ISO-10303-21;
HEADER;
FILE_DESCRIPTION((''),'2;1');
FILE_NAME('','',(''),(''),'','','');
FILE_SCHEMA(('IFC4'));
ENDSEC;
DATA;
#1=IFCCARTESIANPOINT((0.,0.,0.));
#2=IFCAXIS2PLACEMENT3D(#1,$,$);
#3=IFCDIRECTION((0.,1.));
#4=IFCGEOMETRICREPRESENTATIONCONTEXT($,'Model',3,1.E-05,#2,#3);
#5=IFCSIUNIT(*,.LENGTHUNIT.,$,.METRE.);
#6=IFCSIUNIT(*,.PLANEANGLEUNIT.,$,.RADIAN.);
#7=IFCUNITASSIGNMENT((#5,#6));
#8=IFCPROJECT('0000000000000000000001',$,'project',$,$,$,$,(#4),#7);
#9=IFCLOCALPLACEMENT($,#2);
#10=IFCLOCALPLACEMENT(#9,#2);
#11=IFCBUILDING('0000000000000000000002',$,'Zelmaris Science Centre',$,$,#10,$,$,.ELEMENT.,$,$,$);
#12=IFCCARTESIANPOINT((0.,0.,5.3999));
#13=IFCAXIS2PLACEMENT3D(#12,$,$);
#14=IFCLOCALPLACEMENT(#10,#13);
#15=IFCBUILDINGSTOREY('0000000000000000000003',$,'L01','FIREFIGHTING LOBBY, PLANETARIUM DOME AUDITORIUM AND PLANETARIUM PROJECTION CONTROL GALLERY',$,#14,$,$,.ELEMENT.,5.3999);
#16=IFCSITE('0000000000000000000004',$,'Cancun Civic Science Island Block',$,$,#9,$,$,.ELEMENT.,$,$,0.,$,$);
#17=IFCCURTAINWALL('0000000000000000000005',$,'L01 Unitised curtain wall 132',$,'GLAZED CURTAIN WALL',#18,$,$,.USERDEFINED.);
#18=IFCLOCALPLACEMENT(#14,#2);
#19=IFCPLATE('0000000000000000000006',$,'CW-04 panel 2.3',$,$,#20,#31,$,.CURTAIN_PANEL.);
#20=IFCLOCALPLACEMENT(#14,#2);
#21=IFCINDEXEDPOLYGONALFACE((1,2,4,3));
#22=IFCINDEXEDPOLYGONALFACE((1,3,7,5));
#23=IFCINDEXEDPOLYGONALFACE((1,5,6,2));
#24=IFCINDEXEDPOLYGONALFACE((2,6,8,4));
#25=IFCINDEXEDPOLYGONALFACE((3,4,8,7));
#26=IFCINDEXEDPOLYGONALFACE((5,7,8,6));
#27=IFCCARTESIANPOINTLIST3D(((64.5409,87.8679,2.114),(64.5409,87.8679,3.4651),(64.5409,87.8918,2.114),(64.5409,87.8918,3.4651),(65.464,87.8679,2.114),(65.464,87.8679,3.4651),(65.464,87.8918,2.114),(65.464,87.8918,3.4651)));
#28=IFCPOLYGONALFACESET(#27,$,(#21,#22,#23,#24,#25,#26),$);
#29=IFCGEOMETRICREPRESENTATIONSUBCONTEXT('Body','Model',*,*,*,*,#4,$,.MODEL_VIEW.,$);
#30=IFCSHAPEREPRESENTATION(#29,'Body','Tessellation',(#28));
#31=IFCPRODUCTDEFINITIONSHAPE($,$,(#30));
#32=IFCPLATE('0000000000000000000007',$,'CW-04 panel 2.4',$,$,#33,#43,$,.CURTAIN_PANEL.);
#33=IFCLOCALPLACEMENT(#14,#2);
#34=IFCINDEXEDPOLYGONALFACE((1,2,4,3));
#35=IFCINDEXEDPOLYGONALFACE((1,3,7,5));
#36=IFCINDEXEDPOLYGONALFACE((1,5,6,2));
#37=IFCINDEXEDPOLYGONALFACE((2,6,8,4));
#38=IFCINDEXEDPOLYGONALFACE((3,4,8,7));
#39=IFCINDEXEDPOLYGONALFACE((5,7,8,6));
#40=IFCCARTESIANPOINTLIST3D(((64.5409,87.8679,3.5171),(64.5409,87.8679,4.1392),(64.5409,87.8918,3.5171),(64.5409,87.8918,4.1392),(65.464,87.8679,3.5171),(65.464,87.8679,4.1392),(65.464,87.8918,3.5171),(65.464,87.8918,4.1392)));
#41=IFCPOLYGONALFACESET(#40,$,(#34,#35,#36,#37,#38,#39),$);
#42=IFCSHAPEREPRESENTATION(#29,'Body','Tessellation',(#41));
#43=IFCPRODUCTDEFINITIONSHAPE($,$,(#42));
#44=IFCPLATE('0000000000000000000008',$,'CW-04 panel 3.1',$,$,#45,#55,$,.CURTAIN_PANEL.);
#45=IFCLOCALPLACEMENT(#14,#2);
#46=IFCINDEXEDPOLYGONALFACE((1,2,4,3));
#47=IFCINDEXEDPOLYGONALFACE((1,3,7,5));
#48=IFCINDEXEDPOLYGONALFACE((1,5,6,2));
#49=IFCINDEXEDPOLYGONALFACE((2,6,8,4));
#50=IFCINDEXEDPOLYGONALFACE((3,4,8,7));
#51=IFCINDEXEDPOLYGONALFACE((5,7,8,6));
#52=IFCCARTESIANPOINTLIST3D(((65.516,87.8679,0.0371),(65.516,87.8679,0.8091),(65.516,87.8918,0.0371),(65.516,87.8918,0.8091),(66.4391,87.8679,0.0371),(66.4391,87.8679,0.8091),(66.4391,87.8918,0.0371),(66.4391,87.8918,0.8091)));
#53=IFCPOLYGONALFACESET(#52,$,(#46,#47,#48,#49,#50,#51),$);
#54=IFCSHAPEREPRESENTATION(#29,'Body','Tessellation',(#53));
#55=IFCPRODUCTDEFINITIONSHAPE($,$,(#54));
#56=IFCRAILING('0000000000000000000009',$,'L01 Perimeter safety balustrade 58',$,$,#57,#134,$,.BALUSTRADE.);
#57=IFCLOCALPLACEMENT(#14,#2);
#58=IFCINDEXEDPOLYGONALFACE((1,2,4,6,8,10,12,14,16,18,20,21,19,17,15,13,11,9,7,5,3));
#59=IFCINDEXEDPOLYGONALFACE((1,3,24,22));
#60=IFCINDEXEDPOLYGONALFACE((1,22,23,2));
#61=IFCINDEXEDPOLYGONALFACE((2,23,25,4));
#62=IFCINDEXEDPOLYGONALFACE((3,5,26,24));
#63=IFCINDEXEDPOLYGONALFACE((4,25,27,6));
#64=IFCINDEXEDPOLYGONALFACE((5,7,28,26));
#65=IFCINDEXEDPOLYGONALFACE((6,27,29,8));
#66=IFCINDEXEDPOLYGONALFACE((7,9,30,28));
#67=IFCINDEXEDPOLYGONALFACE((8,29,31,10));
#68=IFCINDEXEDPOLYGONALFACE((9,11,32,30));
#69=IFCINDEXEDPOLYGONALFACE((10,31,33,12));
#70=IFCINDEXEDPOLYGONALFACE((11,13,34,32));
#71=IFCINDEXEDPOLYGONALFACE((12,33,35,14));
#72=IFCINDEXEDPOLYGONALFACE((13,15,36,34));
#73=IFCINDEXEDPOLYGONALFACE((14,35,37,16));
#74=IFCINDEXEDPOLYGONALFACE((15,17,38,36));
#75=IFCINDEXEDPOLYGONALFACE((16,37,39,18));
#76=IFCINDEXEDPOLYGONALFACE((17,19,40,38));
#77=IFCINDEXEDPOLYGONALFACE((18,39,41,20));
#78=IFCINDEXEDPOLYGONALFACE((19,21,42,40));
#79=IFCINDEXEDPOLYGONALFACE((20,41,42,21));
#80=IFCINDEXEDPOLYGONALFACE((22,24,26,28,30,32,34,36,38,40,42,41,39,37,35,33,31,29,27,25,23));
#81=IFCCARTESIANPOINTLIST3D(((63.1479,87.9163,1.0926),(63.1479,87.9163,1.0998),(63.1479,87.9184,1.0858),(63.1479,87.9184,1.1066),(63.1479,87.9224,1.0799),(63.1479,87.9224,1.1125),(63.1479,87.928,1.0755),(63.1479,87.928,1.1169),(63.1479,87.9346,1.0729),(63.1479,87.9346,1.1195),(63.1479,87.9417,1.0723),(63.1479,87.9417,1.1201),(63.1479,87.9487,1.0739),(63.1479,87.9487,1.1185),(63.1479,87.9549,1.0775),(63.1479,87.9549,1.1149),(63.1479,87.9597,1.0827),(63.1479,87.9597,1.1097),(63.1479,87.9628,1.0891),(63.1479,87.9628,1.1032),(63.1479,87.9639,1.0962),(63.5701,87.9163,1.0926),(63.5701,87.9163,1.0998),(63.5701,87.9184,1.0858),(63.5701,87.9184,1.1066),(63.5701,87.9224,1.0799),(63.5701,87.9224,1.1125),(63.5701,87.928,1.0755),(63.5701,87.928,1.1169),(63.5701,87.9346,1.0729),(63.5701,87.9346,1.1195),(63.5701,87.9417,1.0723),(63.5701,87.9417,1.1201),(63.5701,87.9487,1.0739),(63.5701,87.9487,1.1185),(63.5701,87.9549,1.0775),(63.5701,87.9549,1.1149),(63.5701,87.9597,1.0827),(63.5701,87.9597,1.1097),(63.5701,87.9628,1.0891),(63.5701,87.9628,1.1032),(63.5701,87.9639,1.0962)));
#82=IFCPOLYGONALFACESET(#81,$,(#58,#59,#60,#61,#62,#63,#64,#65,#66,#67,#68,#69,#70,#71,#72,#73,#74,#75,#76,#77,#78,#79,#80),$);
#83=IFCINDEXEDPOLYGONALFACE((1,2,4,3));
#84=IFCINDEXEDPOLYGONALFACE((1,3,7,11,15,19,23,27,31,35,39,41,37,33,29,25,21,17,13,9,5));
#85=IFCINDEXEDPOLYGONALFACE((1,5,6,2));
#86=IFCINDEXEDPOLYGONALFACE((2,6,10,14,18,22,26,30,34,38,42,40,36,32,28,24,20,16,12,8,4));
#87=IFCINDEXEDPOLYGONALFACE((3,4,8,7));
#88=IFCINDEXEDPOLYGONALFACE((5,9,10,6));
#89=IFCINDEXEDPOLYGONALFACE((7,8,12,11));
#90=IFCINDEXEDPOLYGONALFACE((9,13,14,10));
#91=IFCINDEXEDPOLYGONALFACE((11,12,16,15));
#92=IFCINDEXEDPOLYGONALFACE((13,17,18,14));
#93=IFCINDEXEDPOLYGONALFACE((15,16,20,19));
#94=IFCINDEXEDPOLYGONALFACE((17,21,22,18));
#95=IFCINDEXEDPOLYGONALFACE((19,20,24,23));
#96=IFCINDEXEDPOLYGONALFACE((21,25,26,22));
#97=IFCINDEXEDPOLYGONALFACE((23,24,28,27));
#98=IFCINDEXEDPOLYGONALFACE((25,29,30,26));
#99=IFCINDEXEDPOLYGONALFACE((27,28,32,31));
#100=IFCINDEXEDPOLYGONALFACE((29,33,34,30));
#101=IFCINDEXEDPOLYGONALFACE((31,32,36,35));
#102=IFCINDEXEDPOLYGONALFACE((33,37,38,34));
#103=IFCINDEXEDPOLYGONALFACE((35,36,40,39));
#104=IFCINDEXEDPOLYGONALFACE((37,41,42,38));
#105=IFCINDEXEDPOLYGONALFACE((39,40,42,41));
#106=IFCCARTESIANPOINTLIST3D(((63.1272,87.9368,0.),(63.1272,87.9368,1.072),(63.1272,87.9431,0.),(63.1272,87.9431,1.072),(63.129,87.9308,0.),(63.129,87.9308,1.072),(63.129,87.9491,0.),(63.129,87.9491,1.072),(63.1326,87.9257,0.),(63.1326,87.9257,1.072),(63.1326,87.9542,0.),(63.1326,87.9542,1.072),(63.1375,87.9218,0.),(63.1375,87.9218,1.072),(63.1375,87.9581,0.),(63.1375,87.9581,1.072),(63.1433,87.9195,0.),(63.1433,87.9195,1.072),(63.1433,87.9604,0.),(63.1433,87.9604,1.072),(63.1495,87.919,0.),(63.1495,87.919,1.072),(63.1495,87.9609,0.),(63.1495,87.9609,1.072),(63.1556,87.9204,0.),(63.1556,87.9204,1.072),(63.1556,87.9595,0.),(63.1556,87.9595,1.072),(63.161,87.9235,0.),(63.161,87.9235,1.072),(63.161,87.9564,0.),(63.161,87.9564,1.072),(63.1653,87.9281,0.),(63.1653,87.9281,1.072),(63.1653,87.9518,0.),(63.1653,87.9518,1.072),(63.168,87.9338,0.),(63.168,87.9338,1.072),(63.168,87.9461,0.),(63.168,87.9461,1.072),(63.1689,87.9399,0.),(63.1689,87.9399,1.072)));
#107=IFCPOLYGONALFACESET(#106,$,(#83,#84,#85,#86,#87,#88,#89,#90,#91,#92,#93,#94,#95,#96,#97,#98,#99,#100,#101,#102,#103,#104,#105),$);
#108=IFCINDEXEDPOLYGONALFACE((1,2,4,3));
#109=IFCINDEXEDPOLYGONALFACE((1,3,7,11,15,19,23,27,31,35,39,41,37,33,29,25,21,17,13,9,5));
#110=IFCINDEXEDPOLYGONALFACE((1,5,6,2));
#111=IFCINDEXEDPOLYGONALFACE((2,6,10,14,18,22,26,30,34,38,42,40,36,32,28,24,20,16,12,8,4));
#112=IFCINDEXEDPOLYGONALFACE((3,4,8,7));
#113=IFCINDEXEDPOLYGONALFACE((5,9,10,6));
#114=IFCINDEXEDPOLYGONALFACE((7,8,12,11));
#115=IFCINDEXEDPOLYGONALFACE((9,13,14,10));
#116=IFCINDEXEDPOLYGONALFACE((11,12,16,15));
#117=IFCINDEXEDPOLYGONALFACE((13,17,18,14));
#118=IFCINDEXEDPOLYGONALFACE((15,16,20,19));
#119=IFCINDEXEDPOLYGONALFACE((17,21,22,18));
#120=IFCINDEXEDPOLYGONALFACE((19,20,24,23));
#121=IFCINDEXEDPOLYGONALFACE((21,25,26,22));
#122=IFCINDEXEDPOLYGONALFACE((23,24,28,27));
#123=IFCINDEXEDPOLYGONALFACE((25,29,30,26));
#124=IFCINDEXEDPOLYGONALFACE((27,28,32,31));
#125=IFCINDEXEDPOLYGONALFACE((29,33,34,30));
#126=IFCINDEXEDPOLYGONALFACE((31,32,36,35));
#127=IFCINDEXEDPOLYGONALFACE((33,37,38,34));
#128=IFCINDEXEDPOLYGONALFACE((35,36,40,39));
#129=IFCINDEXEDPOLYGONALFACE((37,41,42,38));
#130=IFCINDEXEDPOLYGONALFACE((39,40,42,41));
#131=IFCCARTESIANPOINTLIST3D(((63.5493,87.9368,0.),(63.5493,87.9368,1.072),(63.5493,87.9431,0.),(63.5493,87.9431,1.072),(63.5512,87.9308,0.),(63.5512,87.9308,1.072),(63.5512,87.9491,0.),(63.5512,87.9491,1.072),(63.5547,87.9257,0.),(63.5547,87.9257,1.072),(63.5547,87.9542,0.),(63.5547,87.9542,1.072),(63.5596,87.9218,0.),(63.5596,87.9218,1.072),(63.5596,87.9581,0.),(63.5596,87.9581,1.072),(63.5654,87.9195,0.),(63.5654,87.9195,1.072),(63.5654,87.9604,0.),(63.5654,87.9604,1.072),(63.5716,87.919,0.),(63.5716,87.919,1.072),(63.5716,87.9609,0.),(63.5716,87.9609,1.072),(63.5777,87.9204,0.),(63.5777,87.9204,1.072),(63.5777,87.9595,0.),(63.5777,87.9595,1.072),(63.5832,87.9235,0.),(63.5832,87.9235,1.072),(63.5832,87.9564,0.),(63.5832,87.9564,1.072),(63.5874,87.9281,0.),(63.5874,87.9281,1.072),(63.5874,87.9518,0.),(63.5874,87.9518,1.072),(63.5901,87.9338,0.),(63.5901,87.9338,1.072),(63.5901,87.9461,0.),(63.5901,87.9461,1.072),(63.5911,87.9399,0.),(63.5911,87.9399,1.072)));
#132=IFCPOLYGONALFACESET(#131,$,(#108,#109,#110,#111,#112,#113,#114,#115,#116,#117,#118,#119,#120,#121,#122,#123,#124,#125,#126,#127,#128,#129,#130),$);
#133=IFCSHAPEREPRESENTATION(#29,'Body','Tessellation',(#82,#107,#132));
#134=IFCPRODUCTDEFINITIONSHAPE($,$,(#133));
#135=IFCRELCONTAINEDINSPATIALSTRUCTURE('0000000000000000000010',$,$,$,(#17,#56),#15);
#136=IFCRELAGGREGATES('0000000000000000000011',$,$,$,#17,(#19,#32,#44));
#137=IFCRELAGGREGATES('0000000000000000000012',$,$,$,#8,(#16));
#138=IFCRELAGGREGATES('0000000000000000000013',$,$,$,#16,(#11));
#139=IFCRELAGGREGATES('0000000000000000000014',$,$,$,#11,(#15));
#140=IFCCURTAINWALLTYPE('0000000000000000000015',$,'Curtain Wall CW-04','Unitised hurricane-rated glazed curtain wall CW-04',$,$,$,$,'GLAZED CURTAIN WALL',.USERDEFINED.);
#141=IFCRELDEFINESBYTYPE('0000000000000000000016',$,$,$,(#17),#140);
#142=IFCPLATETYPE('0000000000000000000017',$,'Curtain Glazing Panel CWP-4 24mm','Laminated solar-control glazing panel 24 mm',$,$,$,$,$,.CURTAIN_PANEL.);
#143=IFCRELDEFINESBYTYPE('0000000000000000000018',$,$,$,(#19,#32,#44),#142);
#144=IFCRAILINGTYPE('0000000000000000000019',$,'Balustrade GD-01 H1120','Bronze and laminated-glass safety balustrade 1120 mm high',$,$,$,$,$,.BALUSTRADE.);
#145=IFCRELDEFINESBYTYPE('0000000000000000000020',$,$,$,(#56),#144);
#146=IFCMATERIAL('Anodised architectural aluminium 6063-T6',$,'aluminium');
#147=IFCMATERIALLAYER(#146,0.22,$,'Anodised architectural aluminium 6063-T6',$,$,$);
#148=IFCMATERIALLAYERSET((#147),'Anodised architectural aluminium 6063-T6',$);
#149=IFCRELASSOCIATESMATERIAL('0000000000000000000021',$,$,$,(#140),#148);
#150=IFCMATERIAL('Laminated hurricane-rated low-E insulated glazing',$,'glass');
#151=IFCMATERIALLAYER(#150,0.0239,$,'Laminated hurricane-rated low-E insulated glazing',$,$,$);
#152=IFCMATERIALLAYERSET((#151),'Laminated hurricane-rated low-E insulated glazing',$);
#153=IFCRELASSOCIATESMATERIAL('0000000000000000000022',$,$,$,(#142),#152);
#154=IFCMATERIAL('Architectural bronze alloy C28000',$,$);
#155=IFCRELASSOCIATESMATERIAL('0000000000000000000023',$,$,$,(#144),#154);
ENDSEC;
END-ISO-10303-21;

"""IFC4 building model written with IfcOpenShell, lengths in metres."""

from ifc_helpers import new_model, si_unit, direction, frame, origin, origin_2d, place, context, subcontext, project, spatial, rectangle, circle, extrude, material, layer, layer_set, type_object, element, aggregate, save


model = new_model("IFC4")

# Units and contexts
model_context = context("Model", 3, precision=1e-05, world=origin(), true_north=direction((0.0, 1.0)))
body_context = subcontext(model_context, "Body", "Model", "MODEL_VIEW")
ifc_project = project(units=[si_unit("LENGTHUNIT", "METRE"), si_unit("PLANEANGLEUNIT", "RADIAN")], contexts=[model_context])

# Site, building, storey
site_placement = place(None, origin())
site = spatial("IfcSite", under=ifc_project, at=site_placement, Name="Cancun Civic Science Island Block", CompositionType="ELEMENT", RefElevation=0.0)
building_placement = place(site_placement, origin())
building = spatial("IfcBuilding", under=site, at=building_placement, Name="Zelmaris Science Centre", CompositionType="ELEMENT")
storey_placement = place(building_placement, frame((0.0, 0.0, 5.3999)))
storey = spatial("IfcBuildingStorey", under=building, at=storey_placement, Name="L01", Description="FIREFIGHTING LOBBY, PLANETARIUM DOME AUDITORIUM AND PLANETARIUM PROJECTION CONTROL GALLERY", CompositionType="ELEMENT", Elevation=5.3999)

# Curtain wall
ifc_material_1 = material(Name="Anodised architectural aluminium 6063-T6", Category="aluminium")
ifc_layer_1 = layer(ifc_material_1, 0.22, Name="Anodised architectural aluminium 6063-T6")
ifc_layer_set_1 = layer_set([ifc_layer_1], Name="Anodised architectural aluminium 6063-T6")
curtain_wall_type = type_object("IfcCurtainWallType", Name="Curtain Wall CW-04", Description="Unitised hurricane-rated glazed curtain wall CW-04", ElementType="GLAZED CURTAIN WALL", PredefinedType="USERDEFINED", material=ifc_layer_set_1)
curtain_wall_placement = place(storey_placement, origin())
curtain_wall = element("IfcCurtainWall", 1, at=curtain_wall_placement, inside=storey, type_object=curtain_wall_type, Name="L01 Unitised curtain wall 132", ObjectType="GLAZED CURTAIN WALL", PredefinedType="USERDEFINED")

# Plates
ifc_material_2 = material(Name="Laminated hurricane-rated low-E insulated glazing", Category="glass")
ifc_layer_2 = layer(ifc_material_2, 0.0239, Name="Laminated hurricane-rated low-E insulated glazing")
ifc_layer_set_2 = layer_set([ifc_layer_2], Name="Laminated hurricane-rated low-E insulated glazing")
plate_type = type_object("IfcPlateType", Name="Curtain Glazing Panel CWP-4 24mm", Description="Laminated solar-control glazing panel 24 mm", PredefinedType="CURTAIN_PANEL", material=ifc_layer_set_2)
plate_1_placement = place(storey_placement, frame((65.0024, 87.8799, 2.114), z_axis=(0.0, 0.0, 1.0), x_axis=(1.0, 0.0, 0.0)))
plate_1 = element("IfcPlate", 2, at=plate_1_placement, type_object=plate_type, Name="CW-04 panel 2.3", PredefinedType="CURTAIN_PANEL", context=body_context, shape_type="SweptSolid", body=[
    extrude(rectangle(XDim=0.9231, YDim=0.0239, at=origin_2d()), origin(), (0.0, 0.0, 1.0), 1.3511),
])
plate_2_placement = place(storey_placement, frame((65.0024, 87.8799, 3.5171), z_axis=(0.0, 0.0, 1.0), x_axis=(1.0, 0.0, 0.0)))
plate_2 = element("IfcPlate", 3, at=plate_2_placement, type_object=plate_type, Name="CW-04 panel 2.4", PredefinedType="CURTAIN_PANEL", context=body_context, shape_type="SweptSolid", body=[
    extrude(rectangle(XDim=0.9231, YDim=0.0239, at=origin_2d()), origin(), (0.0, 0.0, 1.0), 0.6221),
])
plate_3_placement = place(storey_placement, frame((65.9775, 87.8799, 0.0371), z_axis=(0.0, 0.0, 1.0), x_axis=(1.0, 0.0, 0.0)))
plate_3 = element("IfcPlate", 4, at=plate_3_placement, type_object=plate_type, Name="CW-04 panel 3.1", PredefinedType="CURTAIN_PANEL", context=body_context, shape_type="SweptSolid", body=[
    extrude(rectangle(XDim=0.9231, YDim=0.0239, at=origin_2d()), origin(), (0.0, 0.0, 1.0), 0.772),
])
aggregate(curtain_wall, [plate_1, plate_2, plate_3])

# Railing
ifc_material_3 = material(Name="Architectural bronze alloy C28000")
railing_type = type_object("IfcRailingType", Name="Balustrade GD-01 H1120", Description="Bronze and laminated-glass safety balustrade 1120 mm high", PredefinedType="BALUSTRADE", material=ifc_material_3)
railing_placement = place(storey_placement, frame((63.1479, 87.9399, 0.0)))
element("IfcRailing", 5, at=railing_placement, inside=storey, type_object=railing_type, Name="L01 Perimeter safety balustrade 58", PredefinedType="BALUSTRADE", context=body_context, shape_type="SweptSolid", body=[
    extrude(circle(Radius=0.0239, at=origin_2d()), frame((0.0, 0.0, 1.0962), z_axis=(1.0, 0.0, 0.0), x_axis=(0.0, 1.0, 0.0)), (0.0, 0.0, 1.0), 0.4221),
    extrude(circle(Radius=0.021, at=origin_2d()), origin(), (0.0, 0.0, 1.0), 1.072),
    extrude(circle(Radius=0.021, at=origin_2d()), frame((0.4221, 0.0, 0.0)), (0.0, 0.0, 1.0), 1.072),
])

save(model, "model.ifc")
